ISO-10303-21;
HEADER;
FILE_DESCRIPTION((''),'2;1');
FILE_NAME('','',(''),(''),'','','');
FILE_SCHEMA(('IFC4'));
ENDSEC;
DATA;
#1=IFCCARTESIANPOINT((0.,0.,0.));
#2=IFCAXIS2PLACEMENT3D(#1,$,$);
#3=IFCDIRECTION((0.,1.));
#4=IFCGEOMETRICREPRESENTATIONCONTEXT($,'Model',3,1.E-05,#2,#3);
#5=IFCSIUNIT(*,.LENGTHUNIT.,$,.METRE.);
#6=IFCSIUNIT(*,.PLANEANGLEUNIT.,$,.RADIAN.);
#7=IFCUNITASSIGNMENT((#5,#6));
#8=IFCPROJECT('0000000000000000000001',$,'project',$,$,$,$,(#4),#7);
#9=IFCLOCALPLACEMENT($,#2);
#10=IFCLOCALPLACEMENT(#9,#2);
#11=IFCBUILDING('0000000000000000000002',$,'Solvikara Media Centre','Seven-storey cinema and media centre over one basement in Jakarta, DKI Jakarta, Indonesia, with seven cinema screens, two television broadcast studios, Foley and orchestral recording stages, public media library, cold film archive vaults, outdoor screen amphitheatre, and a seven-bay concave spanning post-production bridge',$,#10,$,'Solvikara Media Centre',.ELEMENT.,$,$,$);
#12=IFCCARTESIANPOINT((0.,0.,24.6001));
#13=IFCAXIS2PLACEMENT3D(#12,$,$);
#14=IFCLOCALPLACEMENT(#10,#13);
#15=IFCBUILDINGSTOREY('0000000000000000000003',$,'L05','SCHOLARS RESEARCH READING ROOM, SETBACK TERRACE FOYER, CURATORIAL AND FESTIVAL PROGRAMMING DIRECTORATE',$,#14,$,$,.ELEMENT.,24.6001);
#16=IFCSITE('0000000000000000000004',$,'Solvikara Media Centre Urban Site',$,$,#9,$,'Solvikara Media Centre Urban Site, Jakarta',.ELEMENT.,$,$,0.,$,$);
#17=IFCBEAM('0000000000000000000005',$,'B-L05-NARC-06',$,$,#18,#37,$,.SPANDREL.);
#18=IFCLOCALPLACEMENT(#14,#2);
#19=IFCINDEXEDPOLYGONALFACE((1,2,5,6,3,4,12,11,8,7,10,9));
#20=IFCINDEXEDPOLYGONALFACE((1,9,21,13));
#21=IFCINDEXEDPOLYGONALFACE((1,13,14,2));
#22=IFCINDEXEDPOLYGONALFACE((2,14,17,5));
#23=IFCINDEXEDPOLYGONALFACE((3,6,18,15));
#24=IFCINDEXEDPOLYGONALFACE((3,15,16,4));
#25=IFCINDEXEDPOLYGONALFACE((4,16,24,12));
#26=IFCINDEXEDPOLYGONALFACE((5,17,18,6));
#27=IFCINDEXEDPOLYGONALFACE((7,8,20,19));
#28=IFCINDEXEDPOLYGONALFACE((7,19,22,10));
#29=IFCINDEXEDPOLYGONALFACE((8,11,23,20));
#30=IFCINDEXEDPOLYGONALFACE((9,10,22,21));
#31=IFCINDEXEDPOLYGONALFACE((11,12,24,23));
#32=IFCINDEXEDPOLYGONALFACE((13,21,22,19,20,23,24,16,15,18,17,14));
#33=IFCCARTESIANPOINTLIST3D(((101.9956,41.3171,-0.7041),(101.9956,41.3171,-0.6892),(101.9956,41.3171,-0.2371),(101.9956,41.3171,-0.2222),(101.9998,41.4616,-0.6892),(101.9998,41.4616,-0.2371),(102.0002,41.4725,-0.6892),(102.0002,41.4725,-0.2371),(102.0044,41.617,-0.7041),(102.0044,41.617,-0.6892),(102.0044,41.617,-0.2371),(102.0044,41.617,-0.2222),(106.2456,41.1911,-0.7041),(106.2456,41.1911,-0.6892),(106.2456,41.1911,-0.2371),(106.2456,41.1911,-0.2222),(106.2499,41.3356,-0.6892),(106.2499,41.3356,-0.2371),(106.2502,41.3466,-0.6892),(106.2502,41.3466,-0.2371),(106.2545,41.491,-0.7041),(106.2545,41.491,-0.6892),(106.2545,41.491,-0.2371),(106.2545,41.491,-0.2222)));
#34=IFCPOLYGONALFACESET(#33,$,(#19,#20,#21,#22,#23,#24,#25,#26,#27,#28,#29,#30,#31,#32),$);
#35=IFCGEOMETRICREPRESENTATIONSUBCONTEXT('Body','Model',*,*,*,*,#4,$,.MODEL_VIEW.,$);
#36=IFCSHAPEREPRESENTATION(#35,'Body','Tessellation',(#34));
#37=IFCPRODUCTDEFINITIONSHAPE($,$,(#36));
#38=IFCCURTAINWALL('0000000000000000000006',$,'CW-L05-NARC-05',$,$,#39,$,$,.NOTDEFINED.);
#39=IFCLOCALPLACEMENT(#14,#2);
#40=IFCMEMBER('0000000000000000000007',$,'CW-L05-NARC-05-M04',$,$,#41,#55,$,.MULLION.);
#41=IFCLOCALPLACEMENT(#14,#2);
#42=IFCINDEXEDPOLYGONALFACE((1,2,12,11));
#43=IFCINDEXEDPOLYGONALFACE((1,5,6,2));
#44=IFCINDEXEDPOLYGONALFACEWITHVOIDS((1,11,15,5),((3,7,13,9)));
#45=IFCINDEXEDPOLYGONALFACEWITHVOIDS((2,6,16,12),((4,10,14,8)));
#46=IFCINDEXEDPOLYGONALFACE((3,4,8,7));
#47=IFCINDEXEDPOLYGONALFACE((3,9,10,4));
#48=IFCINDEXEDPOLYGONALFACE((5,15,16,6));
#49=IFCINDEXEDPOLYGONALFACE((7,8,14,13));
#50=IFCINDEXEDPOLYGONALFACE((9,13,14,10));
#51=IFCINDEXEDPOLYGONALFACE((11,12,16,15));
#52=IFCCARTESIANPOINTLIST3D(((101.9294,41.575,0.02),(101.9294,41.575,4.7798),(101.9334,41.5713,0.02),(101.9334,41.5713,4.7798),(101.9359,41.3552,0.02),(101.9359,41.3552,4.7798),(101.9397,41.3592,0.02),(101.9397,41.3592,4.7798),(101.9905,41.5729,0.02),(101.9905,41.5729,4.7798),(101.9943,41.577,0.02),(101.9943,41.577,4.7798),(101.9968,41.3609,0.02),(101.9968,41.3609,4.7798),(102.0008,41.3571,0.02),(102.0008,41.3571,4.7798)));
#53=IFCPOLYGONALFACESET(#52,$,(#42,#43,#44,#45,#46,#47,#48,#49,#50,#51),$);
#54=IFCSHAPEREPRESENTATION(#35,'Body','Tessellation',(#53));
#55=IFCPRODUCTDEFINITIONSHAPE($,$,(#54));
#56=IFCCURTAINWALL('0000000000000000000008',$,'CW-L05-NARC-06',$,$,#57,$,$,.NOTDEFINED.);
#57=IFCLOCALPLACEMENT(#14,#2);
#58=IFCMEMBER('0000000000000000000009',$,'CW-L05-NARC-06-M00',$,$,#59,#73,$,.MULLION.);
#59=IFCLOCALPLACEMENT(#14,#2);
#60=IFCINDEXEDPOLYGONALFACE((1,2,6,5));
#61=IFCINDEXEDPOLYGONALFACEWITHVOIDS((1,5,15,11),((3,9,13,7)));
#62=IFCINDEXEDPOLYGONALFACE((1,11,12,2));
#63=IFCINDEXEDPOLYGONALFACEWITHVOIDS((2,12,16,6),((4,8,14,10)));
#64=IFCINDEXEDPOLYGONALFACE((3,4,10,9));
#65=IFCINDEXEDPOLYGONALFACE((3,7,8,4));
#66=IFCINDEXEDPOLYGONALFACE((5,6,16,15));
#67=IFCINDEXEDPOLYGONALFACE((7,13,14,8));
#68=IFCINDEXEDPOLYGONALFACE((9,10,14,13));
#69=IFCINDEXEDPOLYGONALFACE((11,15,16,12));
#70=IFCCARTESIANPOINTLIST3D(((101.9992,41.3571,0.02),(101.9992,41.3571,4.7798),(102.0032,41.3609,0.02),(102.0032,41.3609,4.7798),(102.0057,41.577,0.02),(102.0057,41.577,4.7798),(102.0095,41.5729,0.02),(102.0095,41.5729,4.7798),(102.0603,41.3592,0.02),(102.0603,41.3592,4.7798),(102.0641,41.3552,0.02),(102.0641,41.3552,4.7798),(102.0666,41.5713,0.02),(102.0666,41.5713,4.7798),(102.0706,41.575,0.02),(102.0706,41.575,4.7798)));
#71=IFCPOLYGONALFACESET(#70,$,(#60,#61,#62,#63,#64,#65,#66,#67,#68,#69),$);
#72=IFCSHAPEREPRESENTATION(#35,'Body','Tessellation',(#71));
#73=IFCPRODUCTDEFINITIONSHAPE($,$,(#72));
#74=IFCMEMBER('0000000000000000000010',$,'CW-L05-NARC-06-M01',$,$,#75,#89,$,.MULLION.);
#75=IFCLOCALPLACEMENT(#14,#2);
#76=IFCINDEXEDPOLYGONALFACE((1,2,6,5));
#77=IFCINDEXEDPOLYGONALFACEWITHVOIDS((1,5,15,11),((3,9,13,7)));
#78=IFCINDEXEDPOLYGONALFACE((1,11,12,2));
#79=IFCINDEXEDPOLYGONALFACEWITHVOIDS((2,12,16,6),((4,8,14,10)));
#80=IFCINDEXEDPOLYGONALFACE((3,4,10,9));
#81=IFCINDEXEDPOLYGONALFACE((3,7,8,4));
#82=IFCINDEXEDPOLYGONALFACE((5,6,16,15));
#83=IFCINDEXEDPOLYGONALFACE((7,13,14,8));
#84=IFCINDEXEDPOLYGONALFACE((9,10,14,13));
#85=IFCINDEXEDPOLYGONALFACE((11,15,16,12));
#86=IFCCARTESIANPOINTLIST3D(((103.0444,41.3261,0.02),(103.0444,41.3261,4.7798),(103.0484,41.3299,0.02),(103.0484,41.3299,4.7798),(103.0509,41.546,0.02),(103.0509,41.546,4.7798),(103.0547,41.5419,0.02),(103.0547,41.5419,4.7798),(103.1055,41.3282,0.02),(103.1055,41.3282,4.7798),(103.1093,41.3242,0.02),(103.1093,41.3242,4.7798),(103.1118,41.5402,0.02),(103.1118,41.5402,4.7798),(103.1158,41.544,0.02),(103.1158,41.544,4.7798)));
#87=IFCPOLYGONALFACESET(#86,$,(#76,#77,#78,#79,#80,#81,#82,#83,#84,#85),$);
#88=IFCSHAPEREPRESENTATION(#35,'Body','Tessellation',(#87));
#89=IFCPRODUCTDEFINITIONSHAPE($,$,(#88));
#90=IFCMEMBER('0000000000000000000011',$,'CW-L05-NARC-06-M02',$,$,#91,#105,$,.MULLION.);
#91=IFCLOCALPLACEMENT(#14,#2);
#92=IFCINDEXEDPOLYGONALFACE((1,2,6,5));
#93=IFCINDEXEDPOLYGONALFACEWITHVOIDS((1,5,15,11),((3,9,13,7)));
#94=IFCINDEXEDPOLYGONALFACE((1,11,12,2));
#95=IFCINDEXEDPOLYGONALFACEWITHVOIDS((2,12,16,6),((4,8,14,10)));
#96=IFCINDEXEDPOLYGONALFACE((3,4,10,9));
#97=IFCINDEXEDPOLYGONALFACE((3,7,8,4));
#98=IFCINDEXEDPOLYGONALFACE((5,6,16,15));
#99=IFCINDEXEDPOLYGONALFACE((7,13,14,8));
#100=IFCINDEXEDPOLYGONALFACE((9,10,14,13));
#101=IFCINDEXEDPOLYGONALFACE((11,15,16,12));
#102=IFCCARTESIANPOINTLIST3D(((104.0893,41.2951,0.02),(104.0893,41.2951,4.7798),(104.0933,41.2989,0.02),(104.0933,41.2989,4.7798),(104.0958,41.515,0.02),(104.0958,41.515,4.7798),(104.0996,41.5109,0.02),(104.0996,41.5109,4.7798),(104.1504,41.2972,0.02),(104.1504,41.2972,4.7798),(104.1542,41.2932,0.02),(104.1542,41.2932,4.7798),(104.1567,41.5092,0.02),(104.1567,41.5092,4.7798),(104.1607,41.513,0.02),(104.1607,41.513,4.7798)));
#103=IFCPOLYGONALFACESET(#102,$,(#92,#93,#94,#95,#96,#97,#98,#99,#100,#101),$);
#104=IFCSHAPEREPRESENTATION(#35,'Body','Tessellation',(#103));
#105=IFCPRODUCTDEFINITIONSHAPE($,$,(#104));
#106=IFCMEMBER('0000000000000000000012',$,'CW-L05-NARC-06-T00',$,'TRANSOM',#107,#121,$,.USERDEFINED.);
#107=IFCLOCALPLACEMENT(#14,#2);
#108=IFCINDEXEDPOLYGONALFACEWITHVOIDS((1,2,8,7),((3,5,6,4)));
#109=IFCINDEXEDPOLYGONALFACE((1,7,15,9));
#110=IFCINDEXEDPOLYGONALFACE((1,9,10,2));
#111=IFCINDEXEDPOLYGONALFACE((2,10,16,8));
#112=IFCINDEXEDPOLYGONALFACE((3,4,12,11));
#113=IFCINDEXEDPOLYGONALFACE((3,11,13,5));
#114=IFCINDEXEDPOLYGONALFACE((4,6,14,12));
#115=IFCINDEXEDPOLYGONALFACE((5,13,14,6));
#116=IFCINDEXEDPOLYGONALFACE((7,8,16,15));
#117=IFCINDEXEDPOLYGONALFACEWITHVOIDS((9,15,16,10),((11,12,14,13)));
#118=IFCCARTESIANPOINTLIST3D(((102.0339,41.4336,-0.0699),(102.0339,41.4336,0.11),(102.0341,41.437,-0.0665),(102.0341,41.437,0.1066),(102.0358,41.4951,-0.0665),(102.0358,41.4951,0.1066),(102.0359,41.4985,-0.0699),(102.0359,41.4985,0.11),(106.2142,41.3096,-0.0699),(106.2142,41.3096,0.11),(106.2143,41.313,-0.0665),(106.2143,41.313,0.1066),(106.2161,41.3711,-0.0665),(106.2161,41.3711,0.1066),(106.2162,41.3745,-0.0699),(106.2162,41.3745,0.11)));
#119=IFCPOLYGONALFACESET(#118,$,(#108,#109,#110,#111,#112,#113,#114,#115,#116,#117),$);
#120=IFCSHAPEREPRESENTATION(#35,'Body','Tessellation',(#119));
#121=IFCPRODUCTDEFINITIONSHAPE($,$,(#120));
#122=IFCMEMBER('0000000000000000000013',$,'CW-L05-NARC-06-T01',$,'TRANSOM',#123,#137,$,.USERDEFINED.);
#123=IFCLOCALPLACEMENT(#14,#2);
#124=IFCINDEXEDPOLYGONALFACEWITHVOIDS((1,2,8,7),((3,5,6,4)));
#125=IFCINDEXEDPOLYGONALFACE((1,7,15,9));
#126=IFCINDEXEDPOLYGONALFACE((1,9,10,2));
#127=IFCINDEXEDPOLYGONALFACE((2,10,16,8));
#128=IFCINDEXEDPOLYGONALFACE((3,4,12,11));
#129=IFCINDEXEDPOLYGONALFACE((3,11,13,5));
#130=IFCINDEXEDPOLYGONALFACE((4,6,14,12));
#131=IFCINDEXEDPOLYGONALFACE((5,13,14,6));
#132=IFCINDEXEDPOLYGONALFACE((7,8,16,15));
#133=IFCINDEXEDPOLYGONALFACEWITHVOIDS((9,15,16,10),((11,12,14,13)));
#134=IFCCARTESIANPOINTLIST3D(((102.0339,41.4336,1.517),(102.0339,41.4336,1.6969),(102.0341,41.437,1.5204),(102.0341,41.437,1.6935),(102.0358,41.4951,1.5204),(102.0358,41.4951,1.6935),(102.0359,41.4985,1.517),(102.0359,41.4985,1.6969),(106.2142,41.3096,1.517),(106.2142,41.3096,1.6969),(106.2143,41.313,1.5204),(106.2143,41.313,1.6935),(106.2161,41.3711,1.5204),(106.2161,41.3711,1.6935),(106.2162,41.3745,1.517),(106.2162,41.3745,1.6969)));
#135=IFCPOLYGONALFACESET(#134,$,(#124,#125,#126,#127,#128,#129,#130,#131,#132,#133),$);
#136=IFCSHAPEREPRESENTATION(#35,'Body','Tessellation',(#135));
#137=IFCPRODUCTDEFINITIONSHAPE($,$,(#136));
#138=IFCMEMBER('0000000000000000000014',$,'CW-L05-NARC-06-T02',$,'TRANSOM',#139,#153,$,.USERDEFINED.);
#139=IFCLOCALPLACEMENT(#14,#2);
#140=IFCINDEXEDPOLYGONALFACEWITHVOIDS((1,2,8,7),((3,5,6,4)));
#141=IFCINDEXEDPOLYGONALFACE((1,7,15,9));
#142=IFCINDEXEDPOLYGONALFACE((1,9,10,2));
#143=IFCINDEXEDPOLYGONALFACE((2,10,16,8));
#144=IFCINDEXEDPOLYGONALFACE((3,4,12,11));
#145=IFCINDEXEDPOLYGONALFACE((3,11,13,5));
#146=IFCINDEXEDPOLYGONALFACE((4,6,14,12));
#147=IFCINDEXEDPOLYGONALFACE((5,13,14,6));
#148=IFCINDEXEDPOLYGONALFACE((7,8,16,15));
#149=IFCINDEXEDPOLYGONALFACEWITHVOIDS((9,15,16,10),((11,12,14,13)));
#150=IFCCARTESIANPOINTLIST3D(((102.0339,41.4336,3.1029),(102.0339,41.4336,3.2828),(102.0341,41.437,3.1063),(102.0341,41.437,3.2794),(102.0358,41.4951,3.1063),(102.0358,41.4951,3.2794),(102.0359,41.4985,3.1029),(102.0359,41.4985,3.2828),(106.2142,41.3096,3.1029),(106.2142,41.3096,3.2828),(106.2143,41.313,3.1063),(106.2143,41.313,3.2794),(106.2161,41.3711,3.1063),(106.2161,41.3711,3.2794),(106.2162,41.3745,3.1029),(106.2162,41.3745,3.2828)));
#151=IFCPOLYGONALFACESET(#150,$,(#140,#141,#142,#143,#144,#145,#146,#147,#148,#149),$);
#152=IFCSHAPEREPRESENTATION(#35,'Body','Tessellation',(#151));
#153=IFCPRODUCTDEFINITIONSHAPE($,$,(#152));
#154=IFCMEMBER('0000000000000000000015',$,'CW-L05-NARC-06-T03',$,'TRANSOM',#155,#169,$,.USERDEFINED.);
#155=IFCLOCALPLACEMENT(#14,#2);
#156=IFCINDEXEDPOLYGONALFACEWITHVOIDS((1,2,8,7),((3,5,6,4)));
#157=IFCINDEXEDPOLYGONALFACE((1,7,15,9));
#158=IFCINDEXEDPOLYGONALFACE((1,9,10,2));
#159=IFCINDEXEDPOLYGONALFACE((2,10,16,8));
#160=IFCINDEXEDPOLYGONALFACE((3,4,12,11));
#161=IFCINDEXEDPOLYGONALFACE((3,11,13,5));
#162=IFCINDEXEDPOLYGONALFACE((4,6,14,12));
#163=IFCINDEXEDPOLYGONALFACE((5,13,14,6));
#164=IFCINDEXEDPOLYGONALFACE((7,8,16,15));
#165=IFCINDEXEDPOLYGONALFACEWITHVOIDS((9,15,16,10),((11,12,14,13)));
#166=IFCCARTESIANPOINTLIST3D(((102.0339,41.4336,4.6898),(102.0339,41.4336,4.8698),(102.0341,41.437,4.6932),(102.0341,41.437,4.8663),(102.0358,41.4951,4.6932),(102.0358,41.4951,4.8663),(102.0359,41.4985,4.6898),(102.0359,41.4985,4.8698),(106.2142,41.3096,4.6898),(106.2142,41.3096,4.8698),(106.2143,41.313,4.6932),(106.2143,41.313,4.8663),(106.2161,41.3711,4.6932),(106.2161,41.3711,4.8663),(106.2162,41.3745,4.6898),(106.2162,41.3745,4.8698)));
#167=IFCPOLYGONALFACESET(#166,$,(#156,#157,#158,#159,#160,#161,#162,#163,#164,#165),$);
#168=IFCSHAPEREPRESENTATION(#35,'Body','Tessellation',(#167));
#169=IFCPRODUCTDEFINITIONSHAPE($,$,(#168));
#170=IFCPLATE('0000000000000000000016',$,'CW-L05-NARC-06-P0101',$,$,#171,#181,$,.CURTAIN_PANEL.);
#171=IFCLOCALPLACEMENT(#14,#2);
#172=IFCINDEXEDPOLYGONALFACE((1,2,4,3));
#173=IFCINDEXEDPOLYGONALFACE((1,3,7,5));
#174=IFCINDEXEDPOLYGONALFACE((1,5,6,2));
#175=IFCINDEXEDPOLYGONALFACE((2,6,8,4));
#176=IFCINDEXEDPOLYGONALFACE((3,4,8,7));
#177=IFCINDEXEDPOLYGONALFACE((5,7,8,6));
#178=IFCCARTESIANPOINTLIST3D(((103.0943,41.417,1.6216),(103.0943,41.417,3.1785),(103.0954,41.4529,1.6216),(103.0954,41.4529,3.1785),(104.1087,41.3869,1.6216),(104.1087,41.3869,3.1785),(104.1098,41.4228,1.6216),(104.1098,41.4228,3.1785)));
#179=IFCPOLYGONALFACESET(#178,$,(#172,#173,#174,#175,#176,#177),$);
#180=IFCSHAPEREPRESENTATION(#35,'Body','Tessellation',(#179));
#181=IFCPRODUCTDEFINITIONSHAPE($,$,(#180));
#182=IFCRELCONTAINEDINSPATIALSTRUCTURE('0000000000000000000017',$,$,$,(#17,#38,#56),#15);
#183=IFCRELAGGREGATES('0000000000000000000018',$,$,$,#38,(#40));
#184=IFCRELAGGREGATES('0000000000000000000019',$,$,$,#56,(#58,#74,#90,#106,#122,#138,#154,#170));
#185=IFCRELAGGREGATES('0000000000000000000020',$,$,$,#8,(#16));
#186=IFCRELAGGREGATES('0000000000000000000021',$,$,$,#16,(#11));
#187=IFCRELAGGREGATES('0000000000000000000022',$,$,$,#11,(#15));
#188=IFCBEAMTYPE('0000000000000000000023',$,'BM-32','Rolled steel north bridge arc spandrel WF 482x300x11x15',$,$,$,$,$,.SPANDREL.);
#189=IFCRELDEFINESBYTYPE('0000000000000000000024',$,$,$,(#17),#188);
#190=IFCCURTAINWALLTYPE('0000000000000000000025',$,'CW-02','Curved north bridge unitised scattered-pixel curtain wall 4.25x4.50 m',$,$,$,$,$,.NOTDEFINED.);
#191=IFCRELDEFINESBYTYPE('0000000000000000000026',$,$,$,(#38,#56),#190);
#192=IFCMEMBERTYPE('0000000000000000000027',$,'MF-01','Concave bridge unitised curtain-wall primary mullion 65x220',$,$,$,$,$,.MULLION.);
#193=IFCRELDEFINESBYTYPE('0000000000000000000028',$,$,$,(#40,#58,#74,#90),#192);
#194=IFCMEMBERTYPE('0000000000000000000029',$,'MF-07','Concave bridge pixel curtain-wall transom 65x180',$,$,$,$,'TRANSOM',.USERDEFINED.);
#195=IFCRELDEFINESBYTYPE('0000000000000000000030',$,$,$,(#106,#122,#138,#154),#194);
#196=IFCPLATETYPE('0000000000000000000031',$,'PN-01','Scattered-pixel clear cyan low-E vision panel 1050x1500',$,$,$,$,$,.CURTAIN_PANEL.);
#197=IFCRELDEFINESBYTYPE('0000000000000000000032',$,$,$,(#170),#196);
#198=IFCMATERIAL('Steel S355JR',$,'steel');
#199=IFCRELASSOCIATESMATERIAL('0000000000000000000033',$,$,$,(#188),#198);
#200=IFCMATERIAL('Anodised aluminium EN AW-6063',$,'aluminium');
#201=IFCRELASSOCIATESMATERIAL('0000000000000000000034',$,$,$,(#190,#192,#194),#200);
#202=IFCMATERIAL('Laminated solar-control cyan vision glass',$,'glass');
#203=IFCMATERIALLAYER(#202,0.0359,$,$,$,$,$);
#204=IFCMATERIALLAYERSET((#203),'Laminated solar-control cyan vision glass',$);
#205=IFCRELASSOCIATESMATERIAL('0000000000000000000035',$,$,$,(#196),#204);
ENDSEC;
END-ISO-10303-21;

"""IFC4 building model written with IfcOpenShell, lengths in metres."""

from ifc_helpers import new_model, si_unit, direction, frame, origin, origin_2d, place, context, subcontext, project, spatial, rectangle, hollow_rectangle, i_section, extrude, material, layer, layer_set, material_profile, profile_set, type_object, element, aggregate, save


model = new_model("IFC4")

# Units and contexts
model_context = context("Model", 3, precision=1e-05, world=origin(), true_north=direction((0.0, 1.0)))
body_context = subcontext(model_context, "Body", "Model", "MODEL_VIEW")
ifc_project = project(units=[si_unit("LENGTHUNIT", "METRE"), si_unit("PLANEANGLEUNIT", "RADIAN")], contexts=[model_context])

# Site, building, storey
site_placement = place(None, origin())
site = spatial("IfcSite", under=ifc_project, at=site_placement, Name="Solvikara Media Centre Urban Site", LongName="Solvikara Media Centre Urban Site, Jakarta", CompositionType="ELEMENT", RefElevation=0.0)
building_placement = place(site_placement, origin())
building = spatial("IfcBuilding", under=site, at=building_placement, Name="Solvikara Media Centre", Description="Seven-storey cinema and media centre over one basement in Jakarta, DKI Jakarta, Indonesia, with seven cinema screens, two television broadcast studios, Foley and orchestral recording stages, public media library, cold film archive vaults, outdoor screen amphitheatre, and a seven-bay concave spanning post-production bridge", LongName="Solvikara Media Centre", CompositionType="ELEMENT")
storey_placement = place(building_placement, frame((0.0, 0.0, 24.6001)))
storey = spatial("IfcBuildingStorey", under=building, at=storey_placement, Name="L05", Description="SCHOLARS RESEARCH READING ROOM, SETBACK TERRACE FOYER, CURATORIAL AND FESTIVAL PROGRAMMING DIRECTORATE", CompositionType="ELEMENT", Elevation=24.6001)

# Beam
ifc_material_1 = material(Name="Steel S355JR", Category="steel")
ifc_material_profile_1 = material_profile(ifc_material_1, i_section(OverallWidth=0.3, OverallDepth=0.4819, WebThickness=0.011, FlangeThickness=0.0149, at=origin_2d()), Name="WF 482x300x11x15")
ifc_profile_set_1 = profile_set([ifc_material_profile_1], Name="Steel S355JR")
beam_type = type_object("IfcBeamType", Name="BM-32", Description="Rolled steel north bridge arc spandrel WF 482x300x11x15", PredefinedType="SPANDREL", material=ifc_profile_set_1)
beam_placement = place(storey_placement, frame((102.0, 41.467, -0.4631), z_axis=(0.999561, -0.029629, 0.0), x_axis=(0.029629, 0.999561, 0.0)))
element("IfcBeam", 1, at=beam_placement, inside=storey, type_object=beam_type, Name="B-L05-NARC-06", PredefinedType="SPANDREL", context=body_context, shape_type="SweptSolid", body=[
    extrude(i_section(OverallWidth=0.3, OverallDepth=0.4819, WebThickness=0.011, FlangeThickness=0.0149, at=origin_2d()), origin(), (0.0, 0.0, 1.0), 4.252),
])

# Curtain wall, member
ifc_material_2 = material(Name="Anodised aluminium EN AW-6063", Category="aluminium")
curtain_wall_type = type_object("IfcCurtainWallType", Name="CW-02", Description="Curved north bridge unitised scattered-pixel curtain wall 4.25x4.50 m", PredefinedType="NOTDEFINED", material=ifc_material_2)
curtain_wall_1_placement = place(storey_placement, origin())
curtain_wall_1 = element("IfcCurtainWall", 2, at=curtain_wall_1_placement, inside=storey, type_object=curtain_wall_type, Name="CW-L05-NARC-05", PredefinedType="NOTDEFINED")
ifc_material_profile_2 = material_profile(ifc_material_2, hollow_rectangle(XDim=0.0649, YDim=0.22, WallThickness=0.0039, at=origin_2d()), Name="ALU-M 65x220x4")
ifc_profile_set_2 = profile_set([ifc_material_profile_2], Name="Anodised aluminium EN AW-6063")
member_type_1 = type_object("IfcMemberType", Name="MF-01", Description="Concave bridge unitised curtain-wall primary mullion 65x220", PredefinedType="MULLION", material=ifc_profile_set_2)
member_1_placement = place(storey_placement, frame((101.9651, 41.4661, 0.02), z_axis=(0.0, 0.0, 1.0), x_axis=(0.99956, 0.029649, 0.0)))
member_1 = element("IfcMember", 3, at=member_1_placement, type_object=member_type_1, Name="CW-L05-NARC-05-M04", PredefinedType="MULLION", context=body_context, shape_type="SweptSolid", body=[
    extrude(hollow_rectangle(XDim=0.0649, YDim=0.22, WallThickness=0.0039, at=origin_2d()), origin(), (0.0, 0.0, 1.0), 4.7598),
])
aggregate(curtain_wall_1, [member_1])

# Curtain wall, members, plate
curtain_wall_2_placement = place(storey_placement, origin())
curtain_wall_2 = element("IfcCurtainWall", 4, at=curtain_wall_2_placement, inside=storey, type_object=curtain_wall_type, Name="CW-L05-NARC-06", PredefinedType="NOTDEFINED")
member_2_placement = place(storey_placement, frame((102.0349, 41.4661, 0.02), z_axis=(0.0, 0.0, 1.0), x_axis=(0.99956, -0.029649, 0.0)))
member_2 = element("IfcMember", 5, at=member_2_placement, type_object=member_type_1, Name="CW-L05-NARC-06-M00", PredefinedType="MULLION", context=body_context, shape_type="SweptSolid", body=[
    extrude(hollow_rectangle(XDim=0.0649, YDim=0.22, WallThickness=0.0039, at=origin_2d()), origin(), (0.0, 0.0, 1.0), 4.7598),
])
member_3_placement = place(storey_placement, frame((103.0801, 41.4351, 0.02), z_axis=(0.0, 0.0, 1.0), x_axis=(0.99956, -0.029649, 0.0)))
member_3 = element("IfcMember", 6, at=member_3_placement, type_object=member_type_1, Name="CW-L05-NARC-06-M01", PredefinedType="MULLION", context=body_context, shape_type="SweptSolid", body=[
    extrude(hollow_rectangle(XDim=0.0649, YDim=0.22, WallThickness=0.0039, at=origin_2d()), origin(), (0.0, 0.0, 1.0), 4.7598),
])
member_4_placement = place(storey_placement, frame((104.125, 41.4041, 0.02), z_axis=(0.0, 0.0, 1.0), x_axis=(0.99956, -0.029649, 0.0)))
member_4 = element("IfcMember", 7, at=member_4_placement, type_object=member_type_1, Name="CW-L05-NARC-06-M02", PredefinedType="MULLION", context=body_context, shape_type="SweptSolid", body=[
    extrude(hollow_rectangle(XDim=0.0649, YDim=0.22, WallThickness=0.0039, at=origin_2d()), origin(), (0.0, 0.0, 1.0), 4.7598),
])
ifc_material_profile_3 = material_profile(ifc_material_2, hollow_rectangle(XDim=0.0649, YDim=0.1799, WallThickness=0.0034, at=origin_2d()), Name="ALU-T 65x180x3.5")
ifc_profile_set_3 = profile_set([ifc_material_profile_3], Name="Anodised aluminium EN AW-6063")
member_type_2 = type_object("IfcMemberType", Name="MF-07", Description="Concave bridge pixel curtain-wall transom 65x180", ElementType="TRANSOM", PredefinedType="USERDEFINED", material=ifc_profile_set_3)
member_5_placement = place(storey_placement, frame((102.0349, 41.4661, 0.02), z_axis=(0.99956, -0.029656, 0.0), x_axis=(0.029656, 0.99956, 0.0)))
member_5 = element("IfcMember", 8, at=member_5_placement, type_object=member_type_2, Name="CW-L05-NARC-06-T00", ObjectType="TRANSOM", PredefinedType="USERDEFINED", context=body_context, shape_type="SweptSolid", body=[
    extrude(hollow_rectangle(XDim=0.0649, YDim=0.1799, WallThickness=0.0034, at=origin_2d()), origin(), (0.0, 0.0, 1.0), 4.1821),
])
member_6_placement = place(storey_placement, frame((102.0349, 41.4661, 1.6069), z_axis=(0.99956, -0.029656, 0.0), x_axis=(0.029656, 0.99956, 0.0)))
member_6 = element("IfcMember", 9, at=member_6_placement, type_object=member_type_2, Name="CW-L05-NARC-06-T01", ObjectType="TRANSOM", PredefinedType="USERDEFINED", context=body_context, shape_type="SweptSolid", body=[
    extrude(hollow_rectangle(XDim=0.0649, YDim=0.1799, WallThickness=0.0034, at=origin_2d()), origin(), (0.0, 0.0, 1.0), 4.1821),
])
member_7_placement = place(storey_placement, frame((102.0349, 41.4661, 3.1929), z_axis=(0.99956, -0.029656, 0.0), x_axis=(0.029656, 0.99956, 0.0)))
member_7 = element("IfcMember", 10, at=member_7_placement, type_object=member_type_2, Name="CW-L05-NARC-06-T02", ObjectType="TRANSOM", PredefinedType="USERDEFINED", context=body_context, shape_type="SweptSolid", body=[
    extrude(hollow_rectangle(XDim=0.0649, YDim=0.1799, WallThickness=0.0034, at=origin_2d()), origin(), (0.0, 0.0, 1.0), 4.1821),
])
member_8_placement = place(storey_placement, frame((102.0349, 41.4661, 4.7798), z_axis=(0.99956, -0.029656, 0.0), x_axis=(0.029656, 0.99956, 0.0)))
member_8 = element("IfcMember", 11, at=member_8_placement, type_object=member_type_2, Name="CW-L05-NARC-06-T03", ObjectType="TRANSOM", PredefinedType="USERDEFINED", context=body_context, shape_type="SweptSolid", body=[
    extrude(hollow_rectangle(XDim=0.0649, YDim=0.1799, WallThickness=0.0034, at=origin_2d()), origin(), (0.0, 0.0, 1.0), 4.1821),
])
ifc_material_3 = material(Name="Laminated solar-control cyan vision glass", Category="glass")
ifc_layer_1 = layer(ifc_material_3, 0.0359)
ifc_layer_set_1 = layer_set([ifc_layer_1], Name="Laminated solar-control cyan vision glass")
plate_type_1 = type_object("IfcPlateType", Name="PN-01", Description="Scattered-pixel clear cyan low-E vision panel 1050x1500", PredefinedType="CURTAIN_PANEL", material=ifc_layer_set_1)
plate_1_placement = place(storey_placement, frame((103.6021, 41.4199, 1.6216), z_axis=(0.0, 0.0, 1.0), x_axis=(0.99956, -0.029649, 0.0)))
plate_1 = element("IfcPlate", 12, at=plate_1_placement, type_object=plate_type_1, Name="CW-L05-NARC-06-P0101", PredefinedType="CURTAIN_PANEL", context=body_context, shape_type="SweptSolid", body=[
    extrude(rectangle(XDim=1.0149, YDim=0.0359, at=origin_2d()), origin(), (0.0, 0.0, 1.0), 1.5569),
])
aggregate(curtain_wall_2, [member_2, member_3, member_4, member_5, member_6, member_7, member_8, plate_1])

save(model, "model.ifc")
